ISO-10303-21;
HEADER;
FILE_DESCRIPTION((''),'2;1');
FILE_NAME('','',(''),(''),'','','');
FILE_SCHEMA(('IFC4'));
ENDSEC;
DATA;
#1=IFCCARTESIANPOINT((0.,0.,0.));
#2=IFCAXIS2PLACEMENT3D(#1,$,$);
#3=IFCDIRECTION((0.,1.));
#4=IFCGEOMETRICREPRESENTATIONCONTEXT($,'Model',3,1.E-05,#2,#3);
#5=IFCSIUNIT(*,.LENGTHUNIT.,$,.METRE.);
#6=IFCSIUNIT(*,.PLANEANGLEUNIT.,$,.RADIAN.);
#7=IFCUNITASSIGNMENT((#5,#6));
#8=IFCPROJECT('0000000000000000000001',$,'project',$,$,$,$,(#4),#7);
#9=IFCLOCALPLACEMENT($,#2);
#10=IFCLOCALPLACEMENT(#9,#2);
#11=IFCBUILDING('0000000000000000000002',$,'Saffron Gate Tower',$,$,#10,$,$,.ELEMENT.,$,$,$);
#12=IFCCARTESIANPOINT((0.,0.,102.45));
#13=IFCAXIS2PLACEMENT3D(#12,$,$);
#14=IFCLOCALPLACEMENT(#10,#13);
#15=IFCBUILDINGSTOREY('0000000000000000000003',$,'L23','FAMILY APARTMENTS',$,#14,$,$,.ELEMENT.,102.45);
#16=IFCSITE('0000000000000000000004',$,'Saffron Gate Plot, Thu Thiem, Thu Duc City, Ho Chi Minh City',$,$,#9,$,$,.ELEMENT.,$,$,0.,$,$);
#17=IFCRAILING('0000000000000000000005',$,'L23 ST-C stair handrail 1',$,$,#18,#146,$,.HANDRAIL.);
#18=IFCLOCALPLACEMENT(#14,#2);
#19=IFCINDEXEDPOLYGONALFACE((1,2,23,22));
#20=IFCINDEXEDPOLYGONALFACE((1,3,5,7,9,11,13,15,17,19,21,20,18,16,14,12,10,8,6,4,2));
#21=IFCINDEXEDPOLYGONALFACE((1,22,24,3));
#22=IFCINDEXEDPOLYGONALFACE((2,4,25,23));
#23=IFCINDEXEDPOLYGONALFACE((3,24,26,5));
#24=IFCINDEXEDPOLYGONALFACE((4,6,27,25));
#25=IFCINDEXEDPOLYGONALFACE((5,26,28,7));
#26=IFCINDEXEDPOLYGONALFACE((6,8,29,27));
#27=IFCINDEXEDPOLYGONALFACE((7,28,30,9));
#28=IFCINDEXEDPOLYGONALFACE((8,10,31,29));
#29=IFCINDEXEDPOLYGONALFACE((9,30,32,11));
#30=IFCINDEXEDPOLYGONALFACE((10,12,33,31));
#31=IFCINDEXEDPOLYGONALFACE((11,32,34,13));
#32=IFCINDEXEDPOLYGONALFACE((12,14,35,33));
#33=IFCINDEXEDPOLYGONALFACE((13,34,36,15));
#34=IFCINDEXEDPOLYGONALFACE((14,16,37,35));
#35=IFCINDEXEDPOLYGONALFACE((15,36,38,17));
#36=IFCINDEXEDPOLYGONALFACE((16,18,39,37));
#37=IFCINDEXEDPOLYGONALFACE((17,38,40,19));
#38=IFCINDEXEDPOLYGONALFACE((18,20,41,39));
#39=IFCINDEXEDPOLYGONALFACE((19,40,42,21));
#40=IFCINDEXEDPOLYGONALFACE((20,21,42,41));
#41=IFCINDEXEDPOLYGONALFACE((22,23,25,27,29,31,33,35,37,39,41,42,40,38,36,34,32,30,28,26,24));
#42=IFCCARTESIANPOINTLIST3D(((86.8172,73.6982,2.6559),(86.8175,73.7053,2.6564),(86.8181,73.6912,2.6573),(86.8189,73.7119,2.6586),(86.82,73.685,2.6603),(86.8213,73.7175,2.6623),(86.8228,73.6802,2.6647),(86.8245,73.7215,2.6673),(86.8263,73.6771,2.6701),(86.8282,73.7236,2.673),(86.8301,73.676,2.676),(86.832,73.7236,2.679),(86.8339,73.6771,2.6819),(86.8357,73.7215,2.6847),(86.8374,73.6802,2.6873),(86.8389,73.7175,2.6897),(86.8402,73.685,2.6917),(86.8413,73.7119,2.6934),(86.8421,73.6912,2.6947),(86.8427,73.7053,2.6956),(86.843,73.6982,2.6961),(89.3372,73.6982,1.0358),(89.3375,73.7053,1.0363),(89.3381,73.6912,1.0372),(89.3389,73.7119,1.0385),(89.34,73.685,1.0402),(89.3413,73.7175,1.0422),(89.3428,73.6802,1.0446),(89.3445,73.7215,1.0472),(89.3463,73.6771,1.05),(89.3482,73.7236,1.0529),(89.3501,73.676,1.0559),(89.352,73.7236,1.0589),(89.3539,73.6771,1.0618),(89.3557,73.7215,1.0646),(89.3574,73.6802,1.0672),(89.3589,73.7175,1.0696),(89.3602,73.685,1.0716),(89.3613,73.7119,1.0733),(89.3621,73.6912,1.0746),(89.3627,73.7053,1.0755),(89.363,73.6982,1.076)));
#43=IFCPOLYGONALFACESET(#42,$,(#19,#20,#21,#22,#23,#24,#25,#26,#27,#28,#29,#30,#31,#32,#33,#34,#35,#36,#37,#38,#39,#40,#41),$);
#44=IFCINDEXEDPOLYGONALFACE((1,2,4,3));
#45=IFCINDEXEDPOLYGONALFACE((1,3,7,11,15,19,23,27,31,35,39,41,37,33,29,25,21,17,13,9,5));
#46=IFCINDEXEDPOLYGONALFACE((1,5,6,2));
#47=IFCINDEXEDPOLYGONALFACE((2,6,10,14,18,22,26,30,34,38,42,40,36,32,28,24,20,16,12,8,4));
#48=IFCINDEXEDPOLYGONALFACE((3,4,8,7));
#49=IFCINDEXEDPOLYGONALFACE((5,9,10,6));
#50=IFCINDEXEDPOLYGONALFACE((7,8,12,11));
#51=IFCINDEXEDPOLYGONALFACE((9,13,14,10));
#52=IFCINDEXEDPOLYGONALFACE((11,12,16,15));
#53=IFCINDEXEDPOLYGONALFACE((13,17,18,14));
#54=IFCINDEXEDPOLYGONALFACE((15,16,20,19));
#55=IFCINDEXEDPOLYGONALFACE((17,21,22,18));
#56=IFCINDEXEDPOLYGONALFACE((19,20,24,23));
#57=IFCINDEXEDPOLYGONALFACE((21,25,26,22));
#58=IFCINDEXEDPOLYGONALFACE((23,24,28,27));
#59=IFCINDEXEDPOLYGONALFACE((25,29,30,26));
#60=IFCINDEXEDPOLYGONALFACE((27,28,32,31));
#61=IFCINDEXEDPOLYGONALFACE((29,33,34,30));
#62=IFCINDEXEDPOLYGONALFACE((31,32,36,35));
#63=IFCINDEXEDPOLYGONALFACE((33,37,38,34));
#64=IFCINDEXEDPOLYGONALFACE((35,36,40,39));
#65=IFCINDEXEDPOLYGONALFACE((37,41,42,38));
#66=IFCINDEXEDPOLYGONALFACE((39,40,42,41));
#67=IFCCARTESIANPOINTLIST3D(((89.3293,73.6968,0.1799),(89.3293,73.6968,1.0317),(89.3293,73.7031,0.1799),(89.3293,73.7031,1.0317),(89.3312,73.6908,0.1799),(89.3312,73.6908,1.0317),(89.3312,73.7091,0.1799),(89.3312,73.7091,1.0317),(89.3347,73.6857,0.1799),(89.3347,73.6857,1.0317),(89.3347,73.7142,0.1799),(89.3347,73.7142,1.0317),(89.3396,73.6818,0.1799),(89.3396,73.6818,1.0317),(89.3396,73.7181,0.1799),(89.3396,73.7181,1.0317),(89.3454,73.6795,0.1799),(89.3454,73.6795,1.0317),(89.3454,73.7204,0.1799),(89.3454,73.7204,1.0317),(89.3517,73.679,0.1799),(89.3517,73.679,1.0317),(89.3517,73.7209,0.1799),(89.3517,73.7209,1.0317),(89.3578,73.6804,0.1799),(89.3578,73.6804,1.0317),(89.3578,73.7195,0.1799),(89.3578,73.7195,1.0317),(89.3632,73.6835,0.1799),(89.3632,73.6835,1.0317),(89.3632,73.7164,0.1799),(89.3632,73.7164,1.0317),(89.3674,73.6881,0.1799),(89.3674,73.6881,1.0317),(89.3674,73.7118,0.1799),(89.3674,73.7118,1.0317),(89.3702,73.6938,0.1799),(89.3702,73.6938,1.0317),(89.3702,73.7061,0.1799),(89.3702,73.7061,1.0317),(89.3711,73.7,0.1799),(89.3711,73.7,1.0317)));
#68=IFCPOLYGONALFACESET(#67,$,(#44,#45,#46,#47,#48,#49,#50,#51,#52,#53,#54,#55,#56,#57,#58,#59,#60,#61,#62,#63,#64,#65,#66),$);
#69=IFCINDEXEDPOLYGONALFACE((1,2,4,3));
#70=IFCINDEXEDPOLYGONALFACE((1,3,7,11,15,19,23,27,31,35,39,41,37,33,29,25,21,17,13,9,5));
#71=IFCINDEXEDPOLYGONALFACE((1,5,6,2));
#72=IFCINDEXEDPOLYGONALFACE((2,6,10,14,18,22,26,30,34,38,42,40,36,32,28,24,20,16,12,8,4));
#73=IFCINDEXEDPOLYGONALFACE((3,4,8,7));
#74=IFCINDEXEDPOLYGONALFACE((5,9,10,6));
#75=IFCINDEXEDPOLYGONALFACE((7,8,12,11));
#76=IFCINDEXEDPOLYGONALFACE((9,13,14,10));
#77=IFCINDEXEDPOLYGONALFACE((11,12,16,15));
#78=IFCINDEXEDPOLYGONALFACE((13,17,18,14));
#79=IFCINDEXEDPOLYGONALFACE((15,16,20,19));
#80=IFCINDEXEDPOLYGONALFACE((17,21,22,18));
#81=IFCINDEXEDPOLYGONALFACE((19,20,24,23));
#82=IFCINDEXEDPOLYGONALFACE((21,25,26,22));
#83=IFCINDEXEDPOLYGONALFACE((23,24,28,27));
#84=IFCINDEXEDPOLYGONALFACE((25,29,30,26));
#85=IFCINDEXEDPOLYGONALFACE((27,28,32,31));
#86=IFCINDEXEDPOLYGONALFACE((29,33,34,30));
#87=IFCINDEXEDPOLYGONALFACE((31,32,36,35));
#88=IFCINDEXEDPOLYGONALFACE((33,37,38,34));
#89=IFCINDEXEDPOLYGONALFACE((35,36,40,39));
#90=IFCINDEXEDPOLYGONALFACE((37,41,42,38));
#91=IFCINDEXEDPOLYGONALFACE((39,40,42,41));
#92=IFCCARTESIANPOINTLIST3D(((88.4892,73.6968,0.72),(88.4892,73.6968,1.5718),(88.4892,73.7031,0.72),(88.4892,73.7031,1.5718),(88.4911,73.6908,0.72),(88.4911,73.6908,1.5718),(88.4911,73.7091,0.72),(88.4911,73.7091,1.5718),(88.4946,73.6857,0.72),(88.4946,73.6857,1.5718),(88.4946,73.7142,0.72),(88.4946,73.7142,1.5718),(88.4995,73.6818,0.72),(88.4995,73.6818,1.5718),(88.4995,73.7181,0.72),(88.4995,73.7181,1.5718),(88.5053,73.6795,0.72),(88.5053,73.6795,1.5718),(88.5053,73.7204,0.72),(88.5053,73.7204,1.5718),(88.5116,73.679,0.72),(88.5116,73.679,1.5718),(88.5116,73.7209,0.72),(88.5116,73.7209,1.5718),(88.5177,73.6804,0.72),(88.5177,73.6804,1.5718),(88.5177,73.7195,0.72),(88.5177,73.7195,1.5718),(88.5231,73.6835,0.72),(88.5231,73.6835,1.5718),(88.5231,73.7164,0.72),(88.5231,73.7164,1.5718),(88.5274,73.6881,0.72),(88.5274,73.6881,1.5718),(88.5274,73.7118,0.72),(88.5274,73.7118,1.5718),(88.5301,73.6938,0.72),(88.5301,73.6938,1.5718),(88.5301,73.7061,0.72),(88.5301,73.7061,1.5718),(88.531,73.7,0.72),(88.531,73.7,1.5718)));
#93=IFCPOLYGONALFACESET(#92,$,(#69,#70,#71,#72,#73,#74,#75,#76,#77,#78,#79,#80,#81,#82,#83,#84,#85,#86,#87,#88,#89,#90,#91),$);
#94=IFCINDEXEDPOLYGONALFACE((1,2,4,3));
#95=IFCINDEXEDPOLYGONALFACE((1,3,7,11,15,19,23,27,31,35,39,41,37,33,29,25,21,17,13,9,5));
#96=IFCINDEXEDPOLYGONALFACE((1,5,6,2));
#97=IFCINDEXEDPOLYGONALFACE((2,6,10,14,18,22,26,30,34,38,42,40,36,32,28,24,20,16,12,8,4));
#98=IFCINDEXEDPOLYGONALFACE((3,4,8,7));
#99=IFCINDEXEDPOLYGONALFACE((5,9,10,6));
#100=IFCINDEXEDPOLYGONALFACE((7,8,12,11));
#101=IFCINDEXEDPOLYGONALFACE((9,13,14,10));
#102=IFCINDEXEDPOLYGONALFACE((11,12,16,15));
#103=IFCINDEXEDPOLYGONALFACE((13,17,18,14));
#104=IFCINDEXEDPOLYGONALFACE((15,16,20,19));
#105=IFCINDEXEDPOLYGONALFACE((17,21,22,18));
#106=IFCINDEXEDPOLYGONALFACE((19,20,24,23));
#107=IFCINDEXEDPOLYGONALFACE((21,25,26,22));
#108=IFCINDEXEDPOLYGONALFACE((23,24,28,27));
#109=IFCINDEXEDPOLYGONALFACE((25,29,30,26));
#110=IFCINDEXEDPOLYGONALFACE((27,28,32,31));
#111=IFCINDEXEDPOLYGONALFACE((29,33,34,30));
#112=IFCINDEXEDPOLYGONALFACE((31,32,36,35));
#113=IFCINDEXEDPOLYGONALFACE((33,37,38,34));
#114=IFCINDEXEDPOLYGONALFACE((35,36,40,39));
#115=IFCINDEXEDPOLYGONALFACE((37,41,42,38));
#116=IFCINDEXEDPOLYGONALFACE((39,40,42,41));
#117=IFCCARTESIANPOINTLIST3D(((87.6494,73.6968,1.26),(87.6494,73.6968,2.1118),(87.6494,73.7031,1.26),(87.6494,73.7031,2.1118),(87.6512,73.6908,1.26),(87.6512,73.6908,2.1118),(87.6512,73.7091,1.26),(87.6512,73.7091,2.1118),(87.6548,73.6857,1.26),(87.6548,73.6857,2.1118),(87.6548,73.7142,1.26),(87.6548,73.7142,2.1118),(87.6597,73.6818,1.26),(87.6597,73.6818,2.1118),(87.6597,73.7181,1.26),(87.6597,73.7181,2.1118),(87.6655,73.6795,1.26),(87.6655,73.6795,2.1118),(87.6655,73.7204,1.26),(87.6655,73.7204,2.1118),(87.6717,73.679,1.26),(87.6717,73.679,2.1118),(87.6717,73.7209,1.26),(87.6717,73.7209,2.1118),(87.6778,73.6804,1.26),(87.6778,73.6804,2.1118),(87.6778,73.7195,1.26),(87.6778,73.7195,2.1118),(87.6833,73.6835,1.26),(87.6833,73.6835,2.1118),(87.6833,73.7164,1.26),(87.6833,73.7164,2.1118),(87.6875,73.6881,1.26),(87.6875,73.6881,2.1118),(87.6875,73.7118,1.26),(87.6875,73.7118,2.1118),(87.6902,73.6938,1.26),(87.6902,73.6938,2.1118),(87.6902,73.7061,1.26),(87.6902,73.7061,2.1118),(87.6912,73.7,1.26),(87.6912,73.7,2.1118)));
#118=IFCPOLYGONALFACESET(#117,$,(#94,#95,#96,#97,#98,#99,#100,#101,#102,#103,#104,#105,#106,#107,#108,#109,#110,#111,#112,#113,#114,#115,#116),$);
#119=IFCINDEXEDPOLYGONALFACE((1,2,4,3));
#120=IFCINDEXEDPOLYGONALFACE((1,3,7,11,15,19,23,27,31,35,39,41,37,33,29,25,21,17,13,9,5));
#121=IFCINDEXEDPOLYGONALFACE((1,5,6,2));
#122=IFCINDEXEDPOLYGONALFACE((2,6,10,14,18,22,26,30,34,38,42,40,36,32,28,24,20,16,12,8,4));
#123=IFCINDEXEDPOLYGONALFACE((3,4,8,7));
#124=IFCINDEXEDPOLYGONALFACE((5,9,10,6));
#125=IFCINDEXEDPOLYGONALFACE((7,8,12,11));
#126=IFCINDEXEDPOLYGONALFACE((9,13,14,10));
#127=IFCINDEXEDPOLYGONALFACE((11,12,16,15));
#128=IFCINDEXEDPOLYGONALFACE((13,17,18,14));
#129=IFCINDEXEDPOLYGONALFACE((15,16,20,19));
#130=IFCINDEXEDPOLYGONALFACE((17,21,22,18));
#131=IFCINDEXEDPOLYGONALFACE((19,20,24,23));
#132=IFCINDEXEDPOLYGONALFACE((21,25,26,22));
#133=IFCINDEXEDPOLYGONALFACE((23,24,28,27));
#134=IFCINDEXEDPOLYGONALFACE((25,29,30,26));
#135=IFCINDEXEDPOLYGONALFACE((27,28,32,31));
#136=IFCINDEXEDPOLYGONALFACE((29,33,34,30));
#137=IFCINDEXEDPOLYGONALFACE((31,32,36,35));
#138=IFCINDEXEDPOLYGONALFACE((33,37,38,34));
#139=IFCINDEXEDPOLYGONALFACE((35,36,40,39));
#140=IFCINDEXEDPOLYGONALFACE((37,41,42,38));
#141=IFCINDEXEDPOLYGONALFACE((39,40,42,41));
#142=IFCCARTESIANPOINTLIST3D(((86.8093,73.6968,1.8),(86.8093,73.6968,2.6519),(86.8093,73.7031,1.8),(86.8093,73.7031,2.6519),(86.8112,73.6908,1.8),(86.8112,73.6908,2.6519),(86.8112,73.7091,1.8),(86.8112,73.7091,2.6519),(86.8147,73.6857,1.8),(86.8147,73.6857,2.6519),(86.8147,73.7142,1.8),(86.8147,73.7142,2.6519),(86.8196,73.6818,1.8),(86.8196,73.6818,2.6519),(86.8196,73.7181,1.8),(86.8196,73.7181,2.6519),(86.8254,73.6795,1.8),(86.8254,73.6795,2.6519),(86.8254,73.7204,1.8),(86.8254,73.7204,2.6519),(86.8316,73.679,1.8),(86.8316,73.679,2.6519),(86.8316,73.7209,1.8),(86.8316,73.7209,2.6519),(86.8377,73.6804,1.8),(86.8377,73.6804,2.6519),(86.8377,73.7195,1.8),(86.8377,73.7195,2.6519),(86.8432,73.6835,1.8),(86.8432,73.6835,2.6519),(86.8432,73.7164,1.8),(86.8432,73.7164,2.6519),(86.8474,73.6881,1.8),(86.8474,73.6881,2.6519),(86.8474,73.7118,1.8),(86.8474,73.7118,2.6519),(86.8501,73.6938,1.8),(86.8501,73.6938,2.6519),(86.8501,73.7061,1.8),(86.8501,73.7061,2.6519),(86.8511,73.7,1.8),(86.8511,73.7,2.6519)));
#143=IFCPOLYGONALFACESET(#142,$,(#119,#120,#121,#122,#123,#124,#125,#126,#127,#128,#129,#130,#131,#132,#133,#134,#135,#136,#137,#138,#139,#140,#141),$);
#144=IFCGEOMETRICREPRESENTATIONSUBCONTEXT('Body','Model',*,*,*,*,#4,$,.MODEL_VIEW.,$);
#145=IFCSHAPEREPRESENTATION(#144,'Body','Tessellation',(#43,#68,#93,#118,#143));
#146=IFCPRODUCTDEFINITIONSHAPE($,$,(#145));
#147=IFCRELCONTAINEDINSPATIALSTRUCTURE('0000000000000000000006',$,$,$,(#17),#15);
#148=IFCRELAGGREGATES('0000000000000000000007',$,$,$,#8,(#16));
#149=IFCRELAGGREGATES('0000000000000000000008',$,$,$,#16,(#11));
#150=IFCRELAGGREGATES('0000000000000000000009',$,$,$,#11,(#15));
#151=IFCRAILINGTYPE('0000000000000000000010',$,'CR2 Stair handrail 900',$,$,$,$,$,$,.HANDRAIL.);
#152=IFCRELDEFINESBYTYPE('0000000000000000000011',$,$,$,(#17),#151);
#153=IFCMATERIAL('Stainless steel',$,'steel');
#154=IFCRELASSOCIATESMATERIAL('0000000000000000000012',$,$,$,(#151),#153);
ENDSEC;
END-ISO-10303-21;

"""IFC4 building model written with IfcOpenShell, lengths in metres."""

from ifc_helpers import new_model, si_unit, direction, frame, origin, origin_2d, place, context, subcontext, project, spatial, circle, extrude, material, type_object, element, save


model = new_model("IFC4")

# Units and contexts
model_context = context("Model", 3, precision=1e-05, world=origin(), true_north=direction((0.0, 1.0)))
body_context = subcontext(model_context, "Body", "Model", "MODEL_VIEW")
ifc_project = project(units=[si_unit("LENGTHUNIT", "METRE"), si_unit("PLANEANGLEUNIT", "RADIAN")], contexts=[model_context])

# Site, building, storey
site_placement = place(None, origin())
site = spatial("IfcSite", under=ifc_project, at=site_placement, Name="Saffron Gate Plot, Thu Thiem, Thu Duc City, Ho Chi Minh City", CompositionType="ELEMENT", RefElevation=0.0)
building_placement = place(site_placement, origin())
building = spatial("IfcBuilding", under=site, at=building_placement, Name="Saffron Gate Tower", CompositionType="ELEMENT")
storey_placement = place(building_placement, frame((0.0, 0.0, 102.45)))
storey = spatial("IfcBuildingStorey", under=building, at=storey_placement, Name="L23", Description="FAMILY APARTMENTS", CompositionType="ELEMENT", Elevation=102.45)

# Railing
ifc_material_1 = material(Name="Stainless steel", Category="steel")
railing_type_1 = type_object("IfcRailingType", Name="CR2 Stair handrail 900", PredefinedType="HANDRAIL", material=ifc_material_1)
railing_1_placement = place(storey_placement, frame((89.3501, 73.7, 0.1799)))
element("IfcRailing", 1, at=railing_1_placement, inside=storey, type_object=railing_type_1, Name="L23 ST-C stair handrail 1", PredefinedType="HANDRAIL", context=body_context, shape_type="SweptSolid", body=[
    extrude(circle(Radius=0.0239, at=origin_2d()), frame((0.0, 0.0, 0.876), z_axis=(-0.841163, 0.0, 0.540782), x_axis=(0.0, -1.0, 0.0)), (0.0, 0.0, 1.0), 2.9958),
    extrude(circle(Radius=0.021, at=origin_2d()), origin(), (0.0, 0.0, 1.0), 0.8518),
    extrude(circle(Radius=0.021, at=origin_2d()), frame((-0.8401, 0.0, 0.54)), (0.0, 0.0, 1.0), 0.8518),
    extrude(circle(Radius=0.021, at=origin_2d()), frame((-1.6799, 0.0, 1.0801)), (0.0, 0.0, 1.0), 0.8518),
    extrude(circle(Radius=0.021, at=origin_2d()), frame((-2.52, 0.0, 1.6201)), (0.0, 0.0, 1.0), 0.8518),
])

save(model, "model.ifc")
